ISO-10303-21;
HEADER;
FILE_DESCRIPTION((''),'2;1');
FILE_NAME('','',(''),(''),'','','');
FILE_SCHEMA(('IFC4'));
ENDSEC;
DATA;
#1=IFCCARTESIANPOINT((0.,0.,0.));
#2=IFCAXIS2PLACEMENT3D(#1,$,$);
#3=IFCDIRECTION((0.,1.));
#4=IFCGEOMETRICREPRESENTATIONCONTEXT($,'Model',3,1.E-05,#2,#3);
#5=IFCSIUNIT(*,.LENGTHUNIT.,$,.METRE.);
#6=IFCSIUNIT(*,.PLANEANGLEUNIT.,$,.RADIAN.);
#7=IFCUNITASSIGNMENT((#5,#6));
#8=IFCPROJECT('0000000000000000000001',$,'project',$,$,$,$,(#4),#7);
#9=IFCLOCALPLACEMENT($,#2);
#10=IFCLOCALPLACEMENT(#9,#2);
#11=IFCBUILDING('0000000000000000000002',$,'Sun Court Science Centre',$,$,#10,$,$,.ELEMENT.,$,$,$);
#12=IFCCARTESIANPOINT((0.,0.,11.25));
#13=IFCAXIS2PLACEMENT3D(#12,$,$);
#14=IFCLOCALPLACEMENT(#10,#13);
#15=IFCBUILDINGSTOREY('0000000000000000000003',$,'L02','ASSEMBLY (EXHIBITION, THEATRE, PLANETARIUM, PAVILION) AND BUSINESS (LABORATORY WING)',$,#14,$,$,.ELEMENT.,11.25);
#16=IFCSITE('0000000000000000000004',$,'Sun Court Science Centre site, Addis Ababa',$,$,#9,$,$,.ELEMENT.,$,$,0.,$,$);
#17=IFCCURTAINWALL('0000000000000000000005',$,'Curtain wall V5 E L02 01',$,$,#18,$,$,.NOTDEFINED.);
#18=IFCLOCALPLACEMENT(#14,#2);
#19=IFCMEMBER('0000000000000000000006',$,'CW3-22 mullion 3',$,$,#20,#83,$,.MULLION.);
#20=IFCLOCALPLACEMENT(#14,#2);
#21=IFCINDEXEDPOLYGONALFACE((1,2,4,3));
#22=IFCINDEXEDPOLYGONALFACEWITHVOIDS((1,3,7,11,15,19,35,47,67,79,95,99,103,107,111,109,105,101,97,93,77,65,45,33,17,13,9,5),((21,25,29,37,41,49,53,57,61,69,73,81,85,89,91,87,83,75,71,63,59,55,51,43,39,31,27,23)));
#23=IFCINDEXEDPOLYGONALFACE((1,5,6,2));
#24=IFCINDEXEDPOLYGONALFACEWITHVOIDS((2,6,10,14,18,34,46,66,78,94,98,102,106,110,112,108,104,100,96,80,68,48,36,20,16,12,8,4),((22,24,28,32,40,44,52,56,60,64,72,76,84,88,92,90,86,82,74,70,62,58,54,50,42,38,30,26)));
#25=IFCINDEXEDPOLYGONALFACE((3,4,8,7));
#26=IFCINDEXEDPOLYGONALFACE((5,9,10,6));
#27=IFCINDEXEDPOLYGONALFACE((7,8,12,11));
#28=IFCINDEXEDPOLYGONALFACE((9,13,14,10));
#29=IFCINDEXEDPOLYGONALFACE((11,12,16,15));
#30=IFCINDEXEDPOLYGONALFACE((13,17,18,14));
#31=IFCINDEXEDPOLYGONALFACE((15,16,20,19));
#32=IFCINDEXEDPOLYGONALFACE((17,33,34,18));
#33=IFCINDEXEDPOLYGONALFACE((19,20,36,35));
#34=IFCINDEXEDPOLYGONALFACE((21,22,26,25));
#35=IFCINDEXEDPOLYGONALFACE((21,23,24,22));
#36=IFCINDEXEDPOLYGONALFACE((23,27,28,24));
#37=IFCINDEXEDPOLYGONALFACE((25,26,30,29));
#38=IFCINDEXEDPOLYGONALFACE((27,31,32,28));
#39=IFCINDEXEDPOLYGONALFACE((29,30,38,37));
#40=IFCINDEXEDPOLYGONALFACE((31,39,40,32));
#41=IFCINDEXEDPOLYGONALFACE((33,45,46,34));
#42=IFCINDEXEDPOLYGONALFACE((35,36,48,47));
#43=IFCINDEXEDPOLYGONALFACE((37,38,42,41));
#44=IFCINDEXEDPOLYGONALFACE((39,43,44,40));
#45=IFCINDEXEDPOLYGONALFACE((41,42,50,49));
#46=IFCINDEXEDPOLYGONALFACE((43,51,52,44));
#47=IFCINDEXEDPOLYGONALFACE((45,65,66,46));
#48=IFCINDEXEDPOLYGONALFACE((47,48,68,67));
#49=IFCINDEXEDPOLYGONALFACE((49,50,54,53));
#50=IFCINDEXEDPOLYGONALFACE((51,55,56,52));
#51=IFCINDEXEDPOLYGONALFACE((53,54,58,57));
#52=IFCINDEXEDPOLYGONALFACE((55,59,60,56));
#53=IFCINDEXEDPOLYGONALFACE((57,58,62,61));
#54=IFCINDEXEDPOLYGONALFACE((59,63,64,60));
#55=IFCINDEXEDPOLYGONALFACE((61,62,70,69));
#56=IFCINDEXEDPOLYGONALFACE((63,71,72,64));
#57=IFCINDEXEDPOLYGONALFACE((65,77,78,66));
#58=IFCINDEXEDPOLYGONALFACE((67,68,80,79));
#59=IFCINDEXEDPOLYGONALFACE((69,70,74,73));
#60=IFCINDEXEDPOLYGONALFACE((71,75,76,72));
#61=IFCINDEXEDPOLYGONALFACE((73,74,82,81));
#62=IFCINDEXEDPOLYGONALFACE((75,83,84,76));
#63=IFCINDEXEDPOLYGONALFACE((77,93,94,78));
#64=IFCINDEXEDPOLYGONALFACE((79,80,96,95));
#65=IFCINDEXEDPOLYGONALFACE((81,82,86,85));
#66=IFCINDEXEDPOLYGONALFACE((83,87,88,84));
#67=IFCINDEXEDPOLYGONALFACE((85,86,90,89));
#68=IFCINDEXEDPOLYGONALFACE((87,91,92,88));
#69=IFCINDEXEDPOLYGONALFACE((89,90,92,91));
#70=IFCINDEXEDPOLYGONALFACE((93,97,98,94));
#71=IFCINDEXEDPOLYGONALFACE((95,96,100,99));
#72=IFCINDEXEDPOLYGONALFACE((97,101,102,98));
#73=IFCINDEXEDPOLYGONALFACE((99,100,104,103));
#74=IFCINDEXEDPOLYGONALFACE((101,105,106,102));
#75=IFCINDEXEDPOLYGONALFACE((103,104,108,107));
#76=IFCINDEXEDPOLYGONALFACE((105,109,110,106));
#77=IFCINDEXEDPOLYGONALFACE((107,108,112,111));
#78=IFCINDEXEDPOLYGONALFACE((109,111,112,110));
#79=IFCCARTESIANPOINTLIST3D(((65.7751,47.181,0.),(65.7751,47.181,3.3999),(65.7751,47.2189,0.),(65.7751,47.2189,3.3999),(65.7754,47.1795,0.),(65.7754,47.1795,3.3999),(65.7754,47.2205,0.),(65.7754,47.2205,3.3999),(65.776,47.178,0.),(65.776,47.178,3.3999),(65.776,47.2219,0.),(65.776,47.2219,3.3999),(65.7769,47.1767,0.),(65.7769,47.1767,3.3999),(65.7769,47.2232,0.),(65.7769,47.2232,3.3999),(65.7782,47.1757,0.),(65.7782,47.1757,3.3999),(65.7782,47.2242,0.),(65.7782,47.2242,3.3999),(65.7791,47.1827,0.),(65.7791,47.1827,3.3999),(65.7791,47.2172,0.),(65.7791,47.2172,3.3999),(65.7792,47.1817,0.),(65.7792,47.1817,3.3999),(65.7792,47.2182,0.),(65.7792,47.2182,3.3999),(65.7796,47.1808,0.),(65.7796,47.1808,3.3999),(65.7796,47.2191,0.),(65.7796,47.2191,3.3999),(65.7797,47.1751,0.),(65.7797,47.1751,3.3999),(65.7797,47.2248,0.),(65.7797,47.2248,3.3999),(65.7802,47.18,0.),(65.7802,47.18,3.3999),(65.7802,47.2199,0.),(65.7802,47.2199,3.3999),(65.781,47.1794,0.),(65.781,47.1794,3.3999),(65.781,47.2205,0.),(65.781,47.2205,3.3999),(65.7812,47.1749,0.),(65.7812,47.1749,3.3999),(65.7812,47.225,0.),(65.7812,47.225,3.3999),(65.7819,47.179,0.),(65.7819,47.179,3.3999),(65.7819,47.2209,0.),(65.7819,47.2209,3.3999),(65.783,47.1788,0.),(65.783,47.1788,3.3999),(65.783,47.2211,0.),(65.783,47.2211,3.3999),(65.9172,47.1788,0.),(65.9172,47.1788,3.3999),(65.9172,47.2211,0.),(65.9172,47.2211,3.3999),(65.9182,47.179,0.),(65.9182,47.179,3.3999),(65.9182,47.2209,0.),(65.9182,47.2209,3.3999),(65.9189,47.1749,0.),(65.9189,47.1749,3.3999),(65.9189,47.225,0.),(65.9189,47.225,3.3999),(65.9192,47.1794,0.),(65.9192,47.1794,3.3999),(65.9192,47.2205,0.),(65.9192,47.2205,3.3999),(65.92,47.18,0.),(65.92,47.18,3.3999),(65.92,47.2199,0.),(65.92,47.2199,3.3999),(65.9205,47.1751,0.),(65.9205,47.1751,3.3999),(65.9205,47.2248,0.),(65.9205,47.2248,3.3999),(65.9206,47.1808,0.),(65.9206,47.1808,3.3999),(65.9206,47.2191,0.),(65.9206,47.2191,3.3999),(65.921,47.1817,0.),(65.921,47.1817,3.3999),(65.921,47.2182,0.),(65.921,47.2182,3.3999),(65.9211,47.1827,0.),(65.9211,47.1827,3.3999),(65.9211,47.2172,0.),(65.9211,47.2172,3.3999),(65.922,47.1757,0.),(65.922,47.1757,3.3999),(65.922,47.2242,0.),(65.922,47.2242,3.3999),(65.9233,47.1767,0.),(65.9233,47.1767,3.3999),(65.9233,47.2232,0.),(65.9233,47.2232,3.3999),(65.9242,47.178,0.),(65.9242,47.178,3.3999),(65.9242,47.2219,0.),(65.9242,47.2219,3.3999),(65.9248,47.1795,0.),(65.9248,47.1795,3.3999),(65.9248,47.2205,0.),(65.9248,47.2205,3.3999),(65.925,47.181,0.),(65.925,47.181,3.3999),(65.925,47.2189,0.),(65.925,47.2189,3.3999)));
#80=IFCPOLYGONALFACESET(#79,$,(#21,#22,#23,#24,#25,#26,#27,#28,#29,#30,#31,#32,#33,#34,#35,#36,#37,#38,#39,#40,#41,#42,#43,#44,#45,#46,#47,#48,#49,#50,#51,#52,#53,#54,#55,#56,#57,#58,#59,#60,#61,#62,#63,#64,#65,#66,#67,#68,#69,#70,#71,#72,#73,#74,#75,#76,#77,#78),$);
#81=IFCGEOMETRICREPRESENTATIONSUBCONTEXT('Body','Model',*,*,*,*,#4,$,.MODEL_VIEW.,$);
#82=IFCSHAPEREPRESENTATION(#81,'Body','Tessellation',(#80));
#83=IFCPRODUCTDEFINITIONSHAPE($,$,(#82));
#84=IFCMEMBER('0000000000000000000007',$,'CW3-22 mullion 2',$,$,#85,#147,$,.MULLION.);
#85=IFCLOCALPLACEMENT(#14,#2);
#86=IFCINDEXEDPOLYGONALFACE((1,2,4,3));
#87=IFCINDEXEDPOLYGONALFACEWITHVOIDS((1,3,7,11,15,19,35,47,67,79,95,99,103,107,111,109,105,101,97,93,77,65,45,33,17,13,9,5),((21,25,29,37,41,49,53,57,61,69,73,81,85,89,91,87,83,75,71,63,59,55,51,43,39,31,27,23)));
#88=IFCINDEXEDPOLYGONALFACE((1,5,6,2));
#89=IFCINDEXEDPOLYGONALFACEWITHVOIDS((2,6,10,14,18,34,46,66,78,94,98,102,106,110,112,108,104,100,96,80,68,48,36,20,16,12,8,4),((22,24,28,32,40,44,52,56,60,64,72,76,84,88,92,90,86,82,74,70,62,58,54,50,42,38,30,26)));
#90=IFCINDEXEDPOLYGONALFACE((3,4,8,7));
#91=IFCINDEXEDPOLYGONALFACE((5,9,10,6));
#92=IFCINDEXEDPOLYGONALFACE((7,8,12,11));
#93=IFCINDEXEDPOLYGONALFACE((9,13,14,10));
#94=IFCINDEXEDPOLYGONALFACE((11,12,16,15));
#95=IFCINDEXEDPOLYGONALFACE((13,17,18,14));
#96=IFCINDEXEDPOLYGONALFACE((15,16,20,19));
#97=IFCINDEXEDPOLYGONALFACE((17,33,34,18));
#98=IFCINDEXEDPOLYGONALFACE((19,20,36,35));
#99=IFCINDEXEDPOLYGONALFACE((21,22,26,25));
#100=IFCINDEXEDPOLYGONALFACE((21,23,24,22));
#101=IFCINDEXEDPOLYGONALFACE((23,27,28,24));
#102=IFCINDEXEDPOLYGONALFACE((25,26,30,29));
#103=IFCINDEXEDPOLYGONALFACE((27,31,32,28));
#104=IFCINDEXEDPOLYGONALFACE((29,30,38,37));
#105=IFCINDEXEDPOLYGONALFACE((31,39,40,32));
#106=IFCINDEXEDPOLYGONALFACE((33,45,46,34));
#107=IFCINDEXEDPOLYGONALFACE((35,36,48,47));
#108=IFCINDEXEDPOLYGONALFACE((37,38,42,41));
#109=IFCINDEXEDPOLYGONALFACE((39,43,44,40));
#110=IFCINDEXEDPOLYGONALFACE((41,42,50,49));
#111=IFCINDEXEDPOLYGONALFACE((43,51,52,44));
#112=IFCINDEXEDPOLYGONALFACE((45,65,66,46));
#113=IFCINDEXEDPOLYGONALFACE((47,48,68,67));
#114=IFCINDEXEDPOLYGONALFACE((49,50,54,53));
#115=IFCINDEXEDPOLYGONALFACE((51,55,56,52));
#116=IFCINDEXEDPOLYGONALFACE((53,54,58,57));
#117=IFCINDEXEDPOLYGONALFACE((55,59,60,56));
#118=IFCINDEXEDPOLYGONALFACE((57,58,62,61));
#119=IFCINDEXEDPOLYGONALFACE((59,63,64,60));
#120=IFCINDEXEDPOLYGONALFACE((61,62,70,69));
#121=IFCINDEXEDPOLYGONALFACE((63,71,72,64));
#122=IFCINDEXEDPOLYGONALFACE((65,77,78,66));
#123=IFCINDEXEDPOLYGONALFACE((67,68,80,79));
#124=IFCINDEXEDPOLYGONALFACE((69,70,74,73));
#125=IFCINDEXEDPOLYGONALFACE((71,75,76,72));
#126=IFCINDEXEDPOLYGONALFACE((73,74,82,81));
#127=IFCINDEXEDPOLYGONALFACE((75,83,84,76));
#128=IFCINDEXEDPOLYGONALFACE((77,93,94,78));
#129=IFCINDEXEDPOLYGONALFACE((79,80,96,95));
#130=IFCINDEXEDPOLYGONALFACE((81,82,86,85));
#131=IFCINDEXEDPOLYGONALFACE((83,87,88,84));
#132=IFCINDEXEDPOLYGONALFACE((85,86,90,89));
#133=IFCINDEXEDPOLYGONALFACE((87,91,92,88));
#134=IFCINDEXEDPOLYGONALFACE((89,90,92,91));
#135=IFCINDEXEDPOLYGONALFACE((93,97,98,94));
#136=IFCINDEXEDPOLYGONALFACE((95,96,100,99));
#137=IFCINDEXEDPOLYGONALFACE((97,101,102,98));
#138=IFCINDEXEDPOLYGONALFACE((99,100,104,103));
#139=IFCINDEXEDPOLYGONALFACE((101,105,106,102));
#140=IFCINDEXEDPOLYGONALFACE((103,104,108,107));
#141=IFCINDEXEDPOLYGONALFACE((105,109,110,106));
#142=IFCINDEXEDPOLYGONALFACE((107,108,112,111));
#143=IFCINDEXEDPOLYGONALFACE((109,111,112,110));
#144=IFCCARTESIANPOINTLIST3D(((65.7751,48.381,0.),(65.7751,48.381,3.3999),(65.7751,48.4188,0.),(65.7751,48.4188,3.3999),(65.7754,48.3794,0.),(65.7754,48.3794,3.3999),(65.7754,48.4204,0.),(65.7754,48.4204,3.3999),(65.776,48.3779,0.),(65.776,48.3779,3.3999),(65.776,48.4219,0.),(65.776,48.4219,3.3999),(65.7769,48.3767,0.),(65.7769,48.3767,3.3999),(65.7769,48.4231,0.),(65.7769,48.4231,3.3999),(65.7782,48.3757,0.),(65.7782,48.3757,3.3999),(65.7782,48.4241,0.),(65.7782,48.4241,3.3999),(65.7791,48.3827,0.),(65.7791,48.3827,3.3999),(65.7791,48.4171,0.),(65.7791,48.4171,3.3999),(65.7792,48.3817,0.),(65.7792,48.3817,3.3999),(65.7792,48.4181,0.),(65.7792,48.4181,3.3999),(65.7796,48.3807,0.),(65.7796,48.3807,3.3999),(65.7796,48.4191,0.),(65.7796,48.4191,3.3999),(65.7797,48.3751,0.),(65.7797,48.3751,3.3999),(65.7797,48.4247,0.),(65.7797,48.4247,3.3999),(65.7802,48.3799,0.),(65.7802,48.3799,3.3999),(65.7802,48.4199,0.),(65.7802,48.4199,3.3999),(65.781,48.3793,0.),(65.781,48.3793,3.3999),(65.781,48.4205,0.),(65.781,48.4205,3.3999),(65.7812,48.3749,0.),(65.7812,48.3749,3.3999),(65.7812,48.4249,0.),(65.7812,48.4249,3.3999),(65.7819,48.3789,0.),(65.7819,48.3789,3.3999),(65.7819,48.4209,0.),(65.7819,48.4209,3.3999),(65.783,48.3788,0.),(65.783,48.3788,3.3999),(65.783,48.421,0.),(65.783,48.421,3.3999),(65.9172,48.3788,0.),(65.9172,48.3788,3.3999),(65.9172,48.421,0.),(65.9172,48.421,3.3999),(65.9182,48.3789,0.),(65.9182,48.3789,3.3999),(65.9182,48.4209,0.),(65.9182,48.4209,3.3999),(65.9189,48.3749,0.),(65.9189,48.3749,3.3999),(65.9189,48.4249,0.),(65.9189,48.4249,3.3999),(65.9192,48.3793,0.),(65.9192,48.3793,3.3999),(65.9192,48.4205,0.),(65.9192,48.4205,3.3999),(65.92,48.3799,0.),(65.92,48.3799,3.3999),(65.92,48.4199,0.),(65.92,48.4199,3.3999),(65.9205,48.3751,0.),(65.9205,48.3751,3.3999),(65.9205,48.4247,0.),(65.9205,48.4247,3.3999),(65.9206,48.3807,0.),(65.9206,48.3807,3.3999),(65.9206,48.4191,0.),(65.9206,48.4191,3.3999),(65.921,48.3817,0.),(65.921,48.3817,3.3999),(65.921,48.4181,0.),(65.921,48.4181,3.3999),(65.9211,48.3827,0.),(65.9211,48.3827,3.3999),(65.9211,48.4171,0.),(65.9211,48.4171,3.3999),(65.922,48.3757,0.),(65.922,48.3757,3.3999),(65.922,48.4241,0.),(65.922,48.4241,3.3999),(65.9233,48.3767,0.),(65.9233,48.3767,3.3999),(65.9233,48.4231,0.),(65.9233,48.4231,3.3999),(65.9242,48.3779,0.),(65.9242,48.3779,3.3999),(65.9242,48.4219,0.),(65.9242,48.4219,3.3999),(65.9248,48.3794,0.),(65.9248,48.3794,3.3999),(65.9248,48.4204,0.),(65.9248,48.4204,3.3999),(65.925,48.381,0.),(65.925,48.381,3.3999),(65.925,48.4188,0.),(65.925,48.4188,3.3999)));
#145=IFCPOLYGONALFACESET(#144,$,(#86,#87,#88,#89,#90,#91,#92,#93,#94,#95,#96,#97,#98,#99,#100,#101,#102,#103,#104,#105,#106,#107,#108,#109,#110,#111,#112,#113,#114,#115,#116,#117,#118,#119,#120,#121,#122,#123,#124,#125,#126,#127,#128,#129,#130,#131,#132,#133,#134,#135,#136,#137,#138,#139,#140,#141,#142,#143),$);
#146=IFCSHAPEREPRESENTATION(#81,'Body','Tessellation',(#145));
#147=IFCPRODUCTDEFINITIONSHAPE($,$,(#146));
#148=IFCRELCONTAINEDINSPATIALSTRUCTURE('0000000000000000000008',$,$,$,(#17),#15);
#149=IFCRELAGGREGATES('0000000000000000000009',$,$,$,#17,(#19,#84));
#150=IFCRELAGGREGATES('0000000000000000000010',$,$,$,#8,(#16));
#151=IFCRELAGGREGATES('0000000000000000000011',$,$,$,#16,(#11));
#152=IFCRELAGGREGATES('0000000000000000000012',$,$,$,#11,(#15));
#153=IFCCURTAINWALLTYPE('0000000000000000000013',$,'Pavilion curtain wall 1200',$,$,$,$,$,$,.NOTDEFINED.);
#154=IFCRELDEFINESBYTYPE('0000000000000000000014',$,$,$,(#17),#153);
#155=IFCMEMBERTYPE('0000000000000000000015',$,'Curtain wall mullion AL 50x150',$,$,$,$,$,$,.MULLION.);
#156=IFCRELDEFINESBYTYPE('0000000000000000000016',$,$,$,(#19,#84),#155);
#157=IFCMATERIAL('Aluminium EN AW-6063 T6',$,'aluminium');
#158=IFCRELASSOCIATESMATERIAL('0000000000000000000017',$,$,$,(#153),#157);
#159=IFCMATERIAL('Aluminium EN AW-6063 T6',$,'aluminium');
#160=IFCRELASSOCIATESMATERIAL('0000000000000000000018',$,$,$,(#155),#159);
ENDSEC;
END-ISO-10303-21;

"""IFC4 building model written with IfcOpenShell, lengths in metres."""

from ifc_helpers import new_model, si_unit, direction, frame, origin, origin_2d, place, context, subcontext, project, spatial, hollow_rectangle, extrude, material, material_profile, profile_set, type_object, element, aggregate, save


model = new_model("IFC4")

# Units and contexts
model_context = context("Model", 3, precision=1e-05, world=origin(), true_north=direction((0.0, 1.0)))
body_context = subcontext(model_context, "Body", "Model", "MODEL_VIEW")
ifc_project = project(units=[si_unit("LENGTHUNIT", "METRE"), si_unit("PLANEANGLEUNIT", "RADIAN")], contexts=[model_context])

# Site, building, storey
site_placement = place(None, origin())
site = spatial("IfcSite", under=ifc_project, at=site_placement, Name="Sun Court Science Centre site, Addis Ababa", CompositionType="ELEMENT", RefElevation=0.0)
building_placement = place(site_placement, origin())
building = spatial("IfcBuilding", under=site, at=building_placement, Name="Sun Court Science Centre", CompositionType="ELEMENT")
storey_placement = place(building_placement, frame((0.0, 0.0, 11.25)))
storey = spatial("IfcBuildingStorey", under=building, at=storey_placement, Name="L02", Description="ASSEMBLY (EXHIBITION, THEATRE, PLANETARIUM, PAVILION) AND BUSINESS (LABORATORY WING)", CompositionType="ELEMENT", Elevation=11.25)

# Curtain wall, members
ifc_material_1 = material(Name="Aluminium EN AW-6063 T6", Category="aluminium")
curtain_wall_type = type_object("IfcCurtainWallType", Name="Pavilion curtain wall 1200", PredefinedType="NOTDEFINED", material=ifc_material_1)
curtain_wall_placement = place(storey_placement, origin())
curtain_wall = element("IfcCurtainWall", 1, at=curtain_wall_placement, inside=storey, type_object=curtain_wall_type, Name="Curtain wall V5 E L02 01", PredefinedType="NOTDEFINED")
ifc_material_2 = material(Name="Aluminium EN AW-6063 T6", Category="aluminium")
ifc_material_profile_1 = material_profile(ifc_material_2, hollow_rectangle(XDim=0.05, YDim=0.1499, WallThickness=0.0039, InnerFilletRadius=0.0039, OuterFilletRadius=0.0061, at=origin_2d()), Name="AL 50x150x4")
ifc_profile_set_1 = profile_set([ifc_material_profile_1], Name="Aluminium EN AW-6063 T6")
member_type_1 = type_object("IfcMemberType", Name="Curtain wall mullion AL 50x150", PredefinedType="MULLION", material=ifc_profile_set_1)
member_1_placement = place(storey_placement, frame((65.8501, 47.2, 0.0), z_axis=(0.0, 0.0, 1.0), x_axis=(0.0, -1.0, 0.0)))
member_1 = element("IfcMember", 2, at=member_1_placement, type_object=member_type_1, Name="CW3-22 mullion 3", PredefinedType="MULLION", context=body_context, shape_type="SweptSolid", body=[
    extrude(hollow_rectangle(XDim=0.05, YDim=0.1499, WallThickness=0.0039, InnerFilletRadius=0.0039, OuterFilletRadius=0.0061, at=origin_2d()), origin(), (0.0, 0.0, 1.0), 3.3999),
])
member_2_placement = place(storey_placement, frame((65.8501, 48.3999, 0.0), z_axis=(0.0, 0.0, 1.0), x_axis=(0.0, -1.0, 0.0)))
member_2 = element("IfcMember", 3, at=member_2_placement, type_object=member_type_1, Name="CW3-22 mullion 2", PredefinedType="MULLION", context=body_context, shape_type="SweptSolid", body=[
    extrude(hollow_rectangle(XDim=0.05, YDim=0.1499, WallThickness=0.0039, InnerFilletRadius=0.0039, OuterFilletRadius=0.0061, at=origin_2d()), origin(), (0.0, 0.0, 1.0), 3.3999),
])
aggregate(curtain_wall, [member_1, member_2])

save(model, "model.ifc")
